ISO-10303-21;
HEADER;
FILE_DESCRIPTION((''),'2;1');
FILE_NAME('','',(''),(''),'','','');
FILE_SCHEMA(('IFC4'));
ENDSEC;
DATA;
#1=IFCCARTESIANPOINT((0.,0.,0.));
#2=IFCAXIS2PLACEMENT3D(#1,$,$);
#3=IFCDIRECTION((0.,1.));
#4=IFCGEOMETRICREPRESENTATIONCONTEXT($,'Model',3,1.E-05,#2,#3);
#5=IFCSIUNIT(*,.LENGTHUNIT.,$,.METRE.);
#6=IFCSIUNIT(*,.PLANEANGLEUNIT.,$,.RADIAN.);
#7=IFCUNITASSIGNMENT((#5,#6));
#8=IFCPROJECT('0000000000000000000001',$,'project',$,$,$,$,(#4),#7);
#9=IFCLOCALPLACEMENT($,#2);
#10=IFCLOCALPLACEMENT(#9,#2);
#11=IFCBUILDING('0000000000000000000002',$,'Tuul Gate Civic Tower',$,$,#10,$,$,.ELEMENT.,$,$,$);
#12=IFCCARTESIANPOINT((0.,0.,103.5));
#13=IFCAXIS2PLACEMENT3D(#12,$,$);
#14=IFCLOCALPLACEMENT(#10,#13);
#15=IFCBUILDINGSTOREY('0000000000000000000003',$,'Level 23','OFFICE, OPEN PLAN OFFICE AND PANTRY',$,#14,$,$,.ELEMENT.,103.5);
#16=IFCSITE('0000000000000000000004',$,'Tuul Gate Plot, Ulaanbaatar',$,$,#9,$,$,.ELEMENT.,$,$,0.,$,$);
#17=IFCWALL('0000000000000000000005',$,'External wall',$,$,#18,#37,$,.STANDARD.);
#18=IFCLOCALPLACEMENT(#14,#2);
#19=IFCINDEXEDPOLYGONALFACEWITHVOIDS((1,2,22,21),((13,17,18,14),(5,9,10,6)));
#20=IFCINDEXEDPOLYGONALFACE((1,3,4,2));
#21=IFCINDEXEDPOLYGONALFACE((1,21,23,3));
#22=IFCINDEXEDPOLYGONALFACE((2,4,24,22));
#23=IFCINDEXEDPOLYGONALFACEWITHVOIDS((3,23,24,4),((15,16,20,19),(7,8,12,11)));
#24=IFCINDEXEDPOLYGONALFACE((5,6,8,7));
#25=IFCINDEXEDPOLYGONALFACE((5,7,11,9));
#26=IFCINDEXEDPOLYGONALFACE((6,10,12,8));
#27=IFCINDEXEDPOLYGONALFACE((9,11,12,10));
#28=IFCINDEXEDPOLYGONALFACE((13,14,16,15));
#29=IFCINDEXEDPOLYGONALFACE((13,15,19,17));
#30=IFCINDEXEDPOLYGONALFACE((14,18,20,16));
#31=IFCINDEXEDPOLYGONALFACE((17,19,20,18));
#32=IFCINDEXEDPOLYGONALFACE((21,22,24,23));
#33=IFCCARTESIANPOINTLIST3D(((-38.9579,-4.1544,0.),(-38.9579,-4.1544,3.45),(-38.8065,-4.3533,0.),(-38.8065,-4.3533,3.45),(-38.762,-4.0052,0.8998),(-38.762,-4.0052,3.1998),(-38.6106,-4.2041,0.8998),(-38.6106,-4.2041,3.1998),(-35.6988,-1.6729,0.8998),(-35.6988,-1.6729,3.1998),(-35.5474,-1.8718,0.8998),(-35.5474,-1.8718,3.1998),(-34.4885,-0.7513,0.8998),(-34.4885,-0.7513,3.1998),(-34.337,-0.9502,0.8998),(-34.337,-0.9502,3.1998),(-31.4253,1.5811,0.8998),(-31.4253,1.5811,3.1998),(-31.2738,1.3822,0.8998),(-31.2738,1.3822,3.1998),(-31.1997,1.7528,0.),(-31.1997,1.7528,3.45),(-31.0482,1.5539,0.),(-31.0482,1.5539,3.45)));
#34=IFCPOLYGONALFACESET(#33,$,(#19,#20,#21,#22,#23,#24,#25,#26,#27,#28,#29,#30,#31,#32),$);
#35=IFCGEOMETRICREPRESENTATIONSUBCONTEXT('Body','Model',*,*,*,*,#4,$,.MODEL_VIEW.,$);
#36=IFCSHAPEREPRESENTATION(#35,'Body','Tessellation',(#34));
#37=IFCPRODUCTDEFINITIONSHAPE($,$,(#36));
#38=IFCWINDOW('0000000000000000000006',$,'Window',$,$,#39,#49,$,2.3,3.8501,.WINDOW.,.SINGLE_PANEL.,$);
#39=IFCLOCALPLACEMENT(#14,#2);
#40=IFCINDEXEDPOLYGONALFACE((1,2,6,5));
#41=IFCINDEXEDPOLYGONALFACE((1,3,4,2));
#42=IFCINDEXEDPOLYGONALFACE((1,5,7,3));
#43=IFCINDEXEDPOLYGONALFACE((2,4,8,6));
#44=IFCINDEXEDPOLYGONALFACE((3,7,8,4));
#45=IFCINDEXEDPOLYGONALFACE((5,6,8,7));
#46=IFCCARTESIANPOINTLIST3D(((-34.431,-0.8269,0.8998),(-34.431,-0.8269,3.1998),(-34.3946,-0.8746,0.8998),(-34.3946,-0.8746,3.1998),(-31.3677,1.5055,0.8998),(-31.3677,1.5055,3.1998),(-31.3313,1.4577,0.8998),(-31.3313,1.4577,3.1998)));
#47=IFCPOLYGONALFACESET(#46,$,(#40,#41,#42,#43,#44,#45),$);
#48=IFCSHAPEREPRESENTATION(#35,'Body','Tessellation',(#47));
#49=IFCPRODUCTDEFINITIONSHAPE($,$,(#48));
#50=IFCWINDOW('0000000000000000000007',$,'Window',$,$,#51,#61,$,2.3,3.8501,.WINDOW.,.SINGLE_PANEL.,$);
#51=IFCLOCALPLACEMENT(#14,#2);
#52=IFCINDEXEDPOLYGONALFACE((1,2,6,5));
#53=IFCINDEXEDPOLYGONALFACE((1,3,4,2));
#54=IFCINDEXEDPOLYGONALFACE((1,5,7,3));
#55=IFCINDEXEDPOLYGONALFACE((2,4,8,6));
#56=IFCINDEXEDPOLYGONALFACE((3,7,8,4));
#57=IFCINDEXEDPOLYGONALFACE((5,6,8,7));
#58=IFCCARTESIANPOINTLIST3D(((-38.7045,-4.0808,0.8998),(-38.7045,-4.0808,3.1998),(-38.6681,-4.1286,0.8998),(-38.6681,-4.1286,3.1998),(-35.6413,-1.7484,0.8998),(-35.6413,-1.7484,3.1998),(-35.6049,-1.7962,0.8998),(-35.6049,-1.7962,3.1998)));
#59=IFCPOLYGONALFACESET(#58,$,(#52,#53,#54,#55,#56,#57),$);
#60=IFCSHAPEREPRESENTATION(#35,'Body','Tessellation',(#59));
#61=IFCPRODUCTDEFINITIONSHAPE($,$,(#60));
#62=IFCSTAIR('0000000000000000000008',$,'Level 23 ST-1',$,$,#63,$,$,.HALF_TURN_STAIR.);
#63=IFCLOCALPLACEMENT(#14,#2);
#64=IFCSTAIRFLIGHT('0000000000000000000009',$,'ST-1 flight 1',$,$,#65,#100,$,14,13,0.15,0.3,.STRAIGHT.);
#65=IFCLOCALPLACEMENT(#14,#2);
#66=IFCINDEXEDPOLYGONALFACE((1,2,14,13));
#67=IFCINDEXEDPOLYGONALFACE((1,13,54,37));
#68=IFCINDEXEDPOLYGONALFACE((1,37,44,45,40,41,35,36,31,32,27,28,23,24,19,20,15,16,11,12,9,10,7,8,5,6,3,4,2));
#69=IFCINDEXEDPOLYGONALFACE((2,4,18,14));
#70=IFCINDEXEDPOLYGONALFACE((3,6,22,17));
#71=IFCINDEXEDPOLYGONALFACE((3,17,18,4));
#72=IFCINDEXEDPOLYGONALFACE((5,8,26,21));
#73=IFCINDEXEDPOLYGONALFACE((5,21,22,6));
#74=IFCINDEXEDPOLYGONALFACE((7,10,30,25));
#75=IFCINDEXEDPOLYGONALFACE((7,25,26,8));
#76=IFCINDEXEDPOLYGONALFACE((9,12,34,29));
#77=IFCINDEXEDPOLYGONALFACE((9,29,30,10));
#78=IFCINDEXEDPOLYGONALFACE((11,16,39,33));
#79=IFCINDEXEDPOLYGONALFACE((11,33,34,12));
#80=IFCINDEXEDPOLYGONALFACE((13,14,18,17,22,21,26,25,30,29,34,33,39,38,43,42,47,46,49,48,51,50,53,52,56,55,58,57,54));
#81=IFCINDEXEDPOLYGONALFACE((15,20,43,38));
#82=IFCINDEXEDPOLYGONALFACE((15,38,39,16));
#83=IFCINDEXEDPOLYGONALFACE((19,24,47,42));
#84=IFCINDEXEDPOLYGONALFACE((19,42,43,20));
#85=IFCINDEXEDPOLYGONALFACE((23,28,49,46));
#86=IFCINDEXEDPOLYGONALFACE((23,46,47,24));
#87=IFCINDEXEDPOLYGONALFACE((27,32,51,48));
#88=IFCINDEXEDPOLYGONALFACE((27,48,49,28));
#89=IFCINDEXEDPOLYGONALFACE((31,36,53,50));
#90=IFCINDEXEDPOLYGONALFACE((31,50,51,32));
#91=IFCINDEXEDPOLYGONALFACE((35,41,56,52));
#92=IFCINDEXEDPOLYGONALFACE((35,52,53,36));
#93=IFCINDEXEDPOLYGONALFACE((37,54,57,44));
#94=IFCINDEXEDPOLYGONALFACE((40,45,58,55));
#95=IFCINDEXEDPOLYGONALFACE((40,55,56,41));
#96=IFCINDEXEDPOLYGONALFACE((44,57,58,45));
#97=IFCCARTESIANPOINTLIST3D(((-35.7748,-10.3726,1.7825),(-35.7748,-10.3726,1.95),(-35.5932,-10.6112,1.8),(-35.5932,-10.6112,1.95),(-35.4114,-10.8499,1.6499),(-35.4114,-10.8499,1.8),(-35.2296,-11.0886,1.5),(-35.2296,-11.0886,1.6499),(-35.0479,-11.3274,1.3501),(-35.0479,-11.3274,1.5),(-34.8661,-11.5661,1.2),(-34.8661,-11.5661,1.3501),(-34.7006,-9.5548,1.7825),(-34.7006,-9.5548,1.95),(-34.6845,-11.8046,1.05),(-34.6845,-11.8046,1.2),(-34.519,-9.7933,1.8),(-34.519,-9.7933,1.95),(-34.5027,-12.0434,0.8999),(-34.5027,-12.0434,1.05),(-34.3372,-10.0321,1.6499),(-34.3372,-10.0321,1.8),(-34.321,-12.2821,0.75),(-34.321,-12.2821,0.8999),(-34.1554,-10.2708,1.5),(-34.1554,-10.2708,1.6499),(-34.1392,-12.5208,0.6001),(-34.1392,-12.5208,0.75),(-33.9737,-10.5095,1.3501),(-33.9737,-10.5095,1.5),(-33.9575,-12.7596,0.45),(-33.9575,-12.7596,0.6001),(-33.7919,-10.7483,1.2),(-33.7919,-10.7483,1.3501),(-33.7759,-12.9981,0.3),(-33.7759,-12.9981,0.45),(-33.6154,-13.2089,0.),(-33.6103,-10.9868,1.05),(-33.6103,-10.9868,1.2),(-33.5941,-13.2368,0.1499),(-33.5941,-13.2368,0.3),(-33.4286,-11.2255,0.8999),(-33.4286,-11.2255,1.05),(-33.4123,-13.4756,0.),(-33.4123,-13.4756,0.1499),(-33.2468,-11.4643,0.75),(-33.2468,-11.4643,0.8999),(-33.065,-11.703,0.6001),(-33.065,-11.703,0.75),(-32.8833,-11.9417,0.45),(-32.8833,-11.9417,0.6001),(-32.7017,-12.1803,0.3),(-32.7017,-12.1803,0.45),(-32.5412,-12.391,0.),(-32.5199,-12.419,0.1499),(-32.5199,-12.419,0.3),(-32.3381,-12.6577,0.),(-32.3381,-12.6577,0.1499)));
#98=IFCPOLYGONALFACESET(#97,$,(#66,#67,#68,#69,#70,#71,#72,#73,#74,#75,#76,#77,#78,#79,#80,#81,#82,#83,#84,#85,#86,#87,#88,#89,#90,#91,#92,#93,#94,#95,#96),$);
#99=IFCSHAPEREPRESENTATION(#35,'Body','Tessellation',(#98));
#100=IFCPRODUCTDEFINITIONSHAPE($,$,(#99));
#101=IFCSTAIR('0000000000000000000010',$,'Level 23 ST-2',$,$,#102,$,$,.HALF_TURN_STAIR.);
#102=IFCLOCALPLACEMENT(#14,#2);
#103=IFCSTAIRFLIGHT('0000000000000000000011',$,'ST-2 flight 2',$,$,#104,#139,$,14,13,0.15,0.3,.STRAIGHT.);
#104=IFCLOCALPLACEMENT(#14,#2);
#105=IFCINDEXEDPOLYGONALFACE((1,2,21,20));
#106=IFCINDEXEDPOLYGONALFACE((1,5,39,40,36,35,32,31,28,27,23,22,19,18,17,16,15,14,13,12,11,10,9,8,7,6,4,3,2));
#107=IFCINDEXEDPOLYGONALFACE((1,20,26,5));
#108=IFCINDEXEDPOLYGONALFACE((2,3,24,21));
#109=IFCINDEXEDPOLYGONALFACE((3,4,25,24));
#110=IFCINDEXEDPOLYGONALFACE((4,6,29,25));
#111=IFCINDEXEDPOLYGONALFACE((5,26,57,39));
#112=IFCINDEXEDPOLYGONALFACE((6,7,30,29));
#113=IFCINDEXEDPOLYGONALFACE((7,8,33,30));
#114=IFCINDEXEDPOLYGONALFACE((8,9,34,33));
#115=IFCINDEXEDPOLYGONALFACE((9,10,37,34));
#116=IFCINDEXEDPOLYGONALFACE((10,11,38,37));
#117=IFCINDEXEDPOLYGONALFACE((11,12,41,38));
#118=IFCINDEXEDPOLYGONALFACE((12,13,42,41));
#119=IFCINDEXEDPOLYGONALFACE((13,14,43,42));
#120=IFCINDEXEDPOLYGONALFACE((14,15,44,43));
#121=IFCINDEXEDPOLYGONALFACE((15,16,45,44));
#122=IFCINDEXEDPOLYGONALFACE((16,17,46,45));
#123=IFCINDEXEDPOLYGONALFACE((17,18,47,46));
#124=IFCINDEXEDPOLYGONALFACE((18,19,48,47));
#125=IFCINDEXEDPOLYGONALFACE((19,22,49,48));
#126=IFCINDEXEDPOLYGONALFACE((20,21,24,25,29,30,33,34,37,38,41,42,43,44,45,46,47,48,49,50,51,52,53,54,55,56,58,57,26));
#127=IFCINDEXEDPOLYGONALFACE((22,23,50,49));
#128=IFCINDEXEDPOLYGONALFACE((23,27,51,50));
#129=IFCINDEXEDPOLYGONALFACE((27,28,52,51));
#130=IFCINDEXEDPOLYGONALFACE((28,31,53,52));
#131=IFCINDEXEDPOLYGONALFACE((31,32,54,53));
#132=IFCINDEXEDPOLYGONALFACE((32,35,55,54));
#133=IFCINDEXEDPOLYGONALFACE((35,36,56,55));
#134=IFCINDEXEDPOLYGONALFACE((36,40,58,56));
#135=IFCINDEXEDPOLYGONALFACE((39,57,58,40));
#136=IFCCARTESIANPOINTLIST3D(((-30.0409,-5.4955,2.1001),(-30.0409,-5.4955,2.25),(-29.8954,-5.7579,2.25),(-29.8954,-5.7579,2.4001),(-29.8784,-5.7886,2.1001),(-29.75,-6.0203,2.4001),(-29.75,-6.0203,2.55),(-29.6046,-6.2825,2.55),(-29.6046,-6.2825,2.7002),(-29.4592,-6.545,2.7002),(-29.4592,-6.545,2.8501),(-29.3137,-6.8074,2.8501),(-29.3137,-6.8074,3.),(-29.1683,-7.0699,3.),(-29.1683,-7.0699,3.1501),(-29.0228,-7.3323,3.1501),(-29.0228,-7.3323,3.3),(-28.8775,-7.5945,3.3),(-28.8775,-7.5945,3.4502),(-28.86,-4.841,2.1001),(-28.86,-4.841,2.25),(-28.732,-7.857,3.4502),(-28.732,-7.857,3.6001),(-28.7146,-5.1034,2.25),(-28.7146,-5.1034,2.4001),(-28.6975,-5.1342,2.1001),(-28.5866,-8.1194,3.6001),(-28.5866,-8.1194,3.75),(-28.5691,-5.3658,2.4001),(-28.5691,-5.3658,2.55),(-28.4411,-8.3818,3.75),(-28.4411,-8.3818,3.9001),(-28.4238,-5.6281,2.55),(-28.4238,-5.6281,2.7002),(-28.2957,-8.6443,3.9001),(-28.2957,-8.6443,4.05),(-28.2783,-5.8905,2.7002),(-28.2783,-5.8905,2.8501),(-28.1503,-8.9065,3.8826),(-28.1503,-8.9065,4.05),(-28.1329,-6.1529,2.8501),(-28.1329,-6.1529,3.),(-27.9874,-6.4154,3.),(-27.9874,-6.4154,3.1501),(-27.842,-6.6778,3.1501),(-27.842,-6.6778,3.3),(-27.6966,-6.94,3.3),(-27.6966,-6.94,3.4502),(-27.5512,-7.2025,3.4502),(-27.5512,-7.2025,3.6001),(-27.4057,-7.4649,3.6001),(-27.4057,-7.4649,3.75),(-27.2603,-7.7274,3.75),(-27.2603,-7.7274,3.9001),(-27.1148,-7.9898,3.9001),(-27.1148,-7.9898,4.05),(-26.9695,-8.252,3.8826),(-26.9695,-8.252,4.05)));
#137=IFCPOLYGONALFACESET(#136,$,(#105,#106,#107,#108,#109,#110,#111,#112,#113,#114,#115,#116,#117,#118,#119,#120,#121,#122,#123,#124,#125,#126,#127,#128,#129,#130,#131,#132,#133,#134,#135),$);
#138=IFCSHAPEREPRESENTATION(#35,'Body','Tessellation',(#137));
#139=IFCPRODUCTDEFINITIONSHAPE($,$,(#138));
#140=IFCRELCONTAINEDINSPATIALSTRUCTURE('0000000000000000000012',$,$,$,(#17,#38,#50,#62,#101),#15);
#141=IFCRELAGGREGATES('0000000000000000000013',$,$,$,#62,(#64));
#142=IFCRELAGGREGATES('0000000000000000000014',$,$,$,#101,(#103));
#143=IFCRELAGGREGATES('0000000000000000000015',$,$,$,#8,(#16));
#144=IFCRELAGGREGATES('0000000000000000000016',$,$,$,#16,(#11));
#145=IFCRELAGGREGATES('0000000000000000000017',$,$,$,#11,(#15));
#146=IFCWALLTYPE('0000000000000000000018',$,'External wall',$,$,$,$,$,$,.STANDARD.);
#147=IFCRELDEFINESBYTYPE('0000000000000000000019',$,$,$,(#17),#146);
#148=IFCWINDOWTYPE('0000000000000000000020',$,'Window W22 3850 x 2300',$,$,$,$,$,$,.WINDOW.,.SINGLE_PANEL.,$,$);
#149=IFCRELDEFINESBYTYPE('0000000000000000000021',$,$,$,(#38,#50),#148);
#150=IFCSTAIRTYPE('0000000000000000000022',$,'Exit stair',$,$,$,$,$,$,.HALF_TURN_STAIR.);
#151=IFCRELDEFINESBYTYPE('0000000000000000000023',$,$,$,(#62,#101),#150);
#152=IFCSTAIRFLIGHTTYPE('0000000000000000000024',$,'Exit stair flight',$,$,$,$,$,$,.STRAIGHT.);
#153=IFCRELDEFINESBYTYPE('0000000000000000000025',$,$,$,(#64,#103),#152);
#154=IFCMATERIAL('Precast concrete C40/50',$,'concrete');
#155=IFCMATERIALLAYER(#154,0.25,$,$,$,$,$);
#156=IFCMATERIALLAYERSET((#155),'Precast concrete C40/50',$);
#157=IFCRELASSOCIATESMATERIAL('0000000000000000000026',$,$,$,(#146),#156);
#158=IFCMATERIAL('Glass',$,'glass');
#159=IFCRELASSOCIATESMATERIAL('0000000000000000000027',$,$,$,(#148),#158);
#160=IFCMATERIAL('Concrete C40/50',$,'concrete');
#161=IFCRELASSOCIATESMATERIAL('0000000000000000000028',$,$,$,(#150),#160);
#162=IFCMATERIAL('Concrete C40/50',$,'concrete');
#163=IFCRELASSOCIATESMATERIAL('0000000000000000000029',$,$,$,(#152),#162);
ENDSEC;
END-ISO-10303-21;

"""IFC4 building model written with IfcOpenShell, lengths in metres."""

from ifc_helpers import new_model, si_unit, direction, frame, frame_2d, origin, place, context, subcontext, project, spatial, polyline, rectangle, outline, extrude, material, layer, layer_set, type_object, element, fill, aggregate, save


model = new_model("IFC4")

# Units and contexts
model_context = context("Model", 3, precision=1e-05, world=origin(), true_north=direction((0.0, 1.0)))
body_context = subcontext(model_context, "Body", "Model", "MODEL_VIEW")
ifc_project = project(units=[si_unit("LENGTHUNIT", "METRE"), si_unit("PLANEANGLEUNIT", "RADIAN")], contexts=[model_context])

# Site, building, storey
site_placement = place(None, origin())
site = spatial("IfcSite", under=ifc_project, at=site_placement, Name="Tuul Gate Plot, Ulaanbaatar", CompositionType="ELEMENT", RefElevation=0.0)
building_placement = place(site_placement, origin())
building = spatial("IfcBuilding", under=site, at=building_placement, Name="Tuul Gate Civic Tower", CompositionType="ELEMENT")
storey_placement = place(building_placement, frame((0.0, 0.0, 103.5)))
storey = spatial("IfcBuildingStorey", under=building, at=storey_placement, Name="Level 23", Description="OFFICE, OPEN PLAN OFFICE AND PANTRY", CompositionType="ELEMENT", Elevation=103.5)

# Wall, openings, windows
ifc_material_1 = material(Name="Precast concrete C40/50", Category="concrete")
ifc_layer_1 = layer(ifc_material_1, 0.25)
ifc_layer_set_1 = layer_set([ifc_layer_1], Name="Precast concrete C40/50")
wall_type_1 = type_object("IfcWallType", Name="External wall", PredefinedType="STANDARD", material=ifc_layer_set_1)
wall_1_placement = place(storey_placement, frame((-31.124, 1.6533, 0.0), z_axis=(0.0, 0.0, 1.0), x_axis=(-0.795622, -0.605793, 0.0)))
wall_1 = element("IfcWall", 1, at=wall_1_placement, inside=storey, type_object=wall_type_1, Name="External wall", PredefinedType="STANDARD", context=body_context, shape_type="SweptSolid", body=[
    extrude(rectangle(XDim=9.7512, YDim=0.25, at=frame_2d((4.8755, 0.0))), origin(), (0.0, 0.0, 1.0), 3.45),
])
opening_1_placement = place(wall_1_placement, frame((0.2834, 0.0, 0.8999)))
opening_1 = element("IfcOpeningElement", 2, at=opening_1_placement, cuts=wall_1, PredefinedType="OPENING", context=body_context, shape_type="SweptSolid", body=[
    extrude(rectangle(XDim=3.8501, YDim=2.3, at=frame_2d((1.925, 1.1499))), frame((0.0, 0.135, 0.0), z_axis=(0.0, -1.0, 0.0), x_axis=(1.0, 0.0, 0.0)), (0.0, 0.0, 1.0), 0.27),
])
opening_2_placement = place(wall_1_placement, frame((5.6548, 0.0, 0.8999)))
opening_2 = element("IfcOpeningElement", 3, at=opening_2_placement, cuts=wall_1, PredefinedType="OPENING", context=body_context, shape_type="SweptSolid", body=[
    extrude(rectangle(XDim=3.8501, YDim=2.3, at=frame_2d((1.925, 1.1499))), frame((0.0, 0.135, 0.0), z_axis=(0.0, -1.0, 0.0), x_axis=(1.0, 0.0, 0.0)), (0.0, 0.0, 1.0), 0.27),
])
ifc_material_2 = material(Name="Glass", Category="glass")
window_type = type_object("IfcWindowType", Name="Window W22 3850 x 2300", PartitioningType="SINGLE_PANEL", PredefinedType="WINDOW", material=ifc_material_2)
window_1_placement = place(opening_1_placement, origin())
window_1 = element("IfcWindow", 4, at=window_1_placement, inside=storey, type_object=window_type, Name="Window", OverallHeight=2.3, OverallWidth=3.8501, PartitioningType="SINGLE_PANEL", PredefinedType="WINDOW", context=body_context, shape_type="SweptSolid", body=[
    extrude(rectangle(XDim=3.8501, YDim=2.3, at=frame_2d((1.925, 1.1499))), frame((0.0, 0.03, 0.0), z_axis=(0.0, -1.0, 0.0), x_axis=(1.0, 0.0, 0.0)), (0.0, 0.0, 1.0), 0.0601),
])
fill(opening_1, window_1)
window_2_placement = place(opening_2_placement, origin())
window_2 = element("IfcWindow", 5, at=window_2_placement, inside=storey, type_object=window_type, Name="Window", OverallHeight=2.3, OverallWidth=3.8501, PartitioningType="SINGLE_PANEL", PredefinedType="WINDOW", context=body_context, shape_type="SweptSolid", body=[
    extrude(rectangle(XDim=3.8501, YDim=2.3, at=frame_2d((1.925, 1.1499))), frame((0.0, 0.03, 0.0), z_axis=(0.0, -1.0, 0.0), x_axis=(1.0, 0.0, 0.0)), (0.0, 0.0, 1.0), 0.0601),
])
fill(opening_2, window_2)

# Stairs, stair flights
ifc_material_3 = material(Name="Concrete C40/50", Category="concrete")
stair_type = type_object("IfcStairType", Name="Exit stair", PredefinedType="HALF_TURN_STAIR", material=ifc_material_3)
stair_1_placement = place(storey_placement, origin())
stair_1 = element("IfcStair", 6, at=stair_1_placement, inside=storey, type_object=stair_type, Name="Level 23 ST-1", PredefinedType="HALF_TURN_STAIR")
ifc_material_4 = material(Name="Concrete C40/50", Category="concrete")
stair_flight_type = type_object("IfcStairFlightType", Name="Exit stair flight", PredefinedType="STRAIGHT", material=ifc_material_4)
stair_flight_1_placement = place(storey_placement, frame((-32.8752, -13.0667, 0.0), z_axis=(0.0, 0.0, 1.0), x_axis=(-0.605764, 0.795644, 0.0)))
stair_flight_1 = element("IfcStairFlight", 7, at=stair_flight_1_placement, type_object=stair_flight_type, Name="ST-1 flight 1", NumberOfRisers=14, NumberOfTreads=13, PredefinedType="STRAIGHT", RiserHeight=0.15, TreadLength=0.3, context=body_context, shape_type="SweptSolid", body=[
    extrude(outline(polyline([(0.0, 0.0), (0.0, 0.1499), (0.3, 0.1499), (0.3, 0.3), (0.6001, 0.3), (0.6001, 0.45), (0.8999, 0.45), (0.8999, 0.6001), (1.2, 0.6001), (1.2, 0.75), (1.5, 0.75), (1.5, 0.8999), (1.8, 0.8999), (1.8, 1.05), (2.1001, 1.05), (2.1001, 1.2), (2.3999, 1.2), (2.3999, 1.3501), (2.7, 1.3501), (2.7, 1.5), (3.0, 1.5), (3.0, 1.6499), (3.3, 1.6499), (3.3, 1.8), (3.6001, 1.8), (3.6001, 1.95), (3.8999, 1.95), (3.8999, 2.1001), (3.8999, 1.7825), (0.3352, 0.0), (0.0, 0.0)])), frame((0.0, 0.675, 0.0), z_axis=(0.0, -1.0, 0.0), x_axis=(1.0, 0.0, 0.0)), (0.0, 0.0, 1.0), 1.3501),
])
aggregate(stair_1, [stair_flight_1])
stair_2_placement = place(storey_placement, origin())
stair_2 = element("IfcStair", 8, at=stair_2_placement, inside=storey, type_object=stair_type, Name="Level 23 ST-2", PredefinedType="HALF_TURN_STAIR")
stair_flight_2_placement = place(storey_placement, frame((-29.4504, -5.1682, 2.1001), z_axis=(0.0, 0.0, 1.0), x_axis=(0.484762, -0.874646, 0.0)))
stair_flight_2 = element("IfcStairFlight", 9, at=stair_flight_2_placement, type_object=stair_flight_type, Name="ST-2 flight 2", NumberOfRisers=14, NumberOfTreads=13, PredefinedType="STRAIGHT", RiserHeight=0.15, TreadLength=0.3, context=body_context, shape_type="SweptSolid", body=[
    extrude(outline(polyline([(0.0, 0.0), (0.0, 0.1499), (0.3, 0.1499), (0.3, 0.3), (0.6001, 0.3), (0.6001, 0.45), (0.8999, 0.45), (0.8999, 0.6001), (1.2, 0.6001), (1.2, 0.75), (1.5, 0.75), (1.5, 0.8999), (1.8, 0.8999), (1.8, 1.05), (2.1001, 1.05), (2.1001, 1.2), (2.3999, 1.2), (2.3999, 1.3501), (2.7, 1.3501), (2.7, 1.5), (3.0, 1.5), (3.0, 1.6499), (3.3, 1.6499), (3.3, 1.8), (3.6001, 1.8), (3.6001, 1.95), (3.8999, 1.95), (3.8999, 2.1001), (3.8999, 1.7825), (0.3352, 0.0), (0.0, 0.0)])), frame((0.0, 0.675, 0.0), z_axis=(0.0, -1.0, 0.0), x_axis=(1.0, 0.0, 0.0)), (0.0, 0.0, 1.0), 1.3501),
])
aggregate(stair_2, [stair_flight_2])

save(model, "model.ifc")
